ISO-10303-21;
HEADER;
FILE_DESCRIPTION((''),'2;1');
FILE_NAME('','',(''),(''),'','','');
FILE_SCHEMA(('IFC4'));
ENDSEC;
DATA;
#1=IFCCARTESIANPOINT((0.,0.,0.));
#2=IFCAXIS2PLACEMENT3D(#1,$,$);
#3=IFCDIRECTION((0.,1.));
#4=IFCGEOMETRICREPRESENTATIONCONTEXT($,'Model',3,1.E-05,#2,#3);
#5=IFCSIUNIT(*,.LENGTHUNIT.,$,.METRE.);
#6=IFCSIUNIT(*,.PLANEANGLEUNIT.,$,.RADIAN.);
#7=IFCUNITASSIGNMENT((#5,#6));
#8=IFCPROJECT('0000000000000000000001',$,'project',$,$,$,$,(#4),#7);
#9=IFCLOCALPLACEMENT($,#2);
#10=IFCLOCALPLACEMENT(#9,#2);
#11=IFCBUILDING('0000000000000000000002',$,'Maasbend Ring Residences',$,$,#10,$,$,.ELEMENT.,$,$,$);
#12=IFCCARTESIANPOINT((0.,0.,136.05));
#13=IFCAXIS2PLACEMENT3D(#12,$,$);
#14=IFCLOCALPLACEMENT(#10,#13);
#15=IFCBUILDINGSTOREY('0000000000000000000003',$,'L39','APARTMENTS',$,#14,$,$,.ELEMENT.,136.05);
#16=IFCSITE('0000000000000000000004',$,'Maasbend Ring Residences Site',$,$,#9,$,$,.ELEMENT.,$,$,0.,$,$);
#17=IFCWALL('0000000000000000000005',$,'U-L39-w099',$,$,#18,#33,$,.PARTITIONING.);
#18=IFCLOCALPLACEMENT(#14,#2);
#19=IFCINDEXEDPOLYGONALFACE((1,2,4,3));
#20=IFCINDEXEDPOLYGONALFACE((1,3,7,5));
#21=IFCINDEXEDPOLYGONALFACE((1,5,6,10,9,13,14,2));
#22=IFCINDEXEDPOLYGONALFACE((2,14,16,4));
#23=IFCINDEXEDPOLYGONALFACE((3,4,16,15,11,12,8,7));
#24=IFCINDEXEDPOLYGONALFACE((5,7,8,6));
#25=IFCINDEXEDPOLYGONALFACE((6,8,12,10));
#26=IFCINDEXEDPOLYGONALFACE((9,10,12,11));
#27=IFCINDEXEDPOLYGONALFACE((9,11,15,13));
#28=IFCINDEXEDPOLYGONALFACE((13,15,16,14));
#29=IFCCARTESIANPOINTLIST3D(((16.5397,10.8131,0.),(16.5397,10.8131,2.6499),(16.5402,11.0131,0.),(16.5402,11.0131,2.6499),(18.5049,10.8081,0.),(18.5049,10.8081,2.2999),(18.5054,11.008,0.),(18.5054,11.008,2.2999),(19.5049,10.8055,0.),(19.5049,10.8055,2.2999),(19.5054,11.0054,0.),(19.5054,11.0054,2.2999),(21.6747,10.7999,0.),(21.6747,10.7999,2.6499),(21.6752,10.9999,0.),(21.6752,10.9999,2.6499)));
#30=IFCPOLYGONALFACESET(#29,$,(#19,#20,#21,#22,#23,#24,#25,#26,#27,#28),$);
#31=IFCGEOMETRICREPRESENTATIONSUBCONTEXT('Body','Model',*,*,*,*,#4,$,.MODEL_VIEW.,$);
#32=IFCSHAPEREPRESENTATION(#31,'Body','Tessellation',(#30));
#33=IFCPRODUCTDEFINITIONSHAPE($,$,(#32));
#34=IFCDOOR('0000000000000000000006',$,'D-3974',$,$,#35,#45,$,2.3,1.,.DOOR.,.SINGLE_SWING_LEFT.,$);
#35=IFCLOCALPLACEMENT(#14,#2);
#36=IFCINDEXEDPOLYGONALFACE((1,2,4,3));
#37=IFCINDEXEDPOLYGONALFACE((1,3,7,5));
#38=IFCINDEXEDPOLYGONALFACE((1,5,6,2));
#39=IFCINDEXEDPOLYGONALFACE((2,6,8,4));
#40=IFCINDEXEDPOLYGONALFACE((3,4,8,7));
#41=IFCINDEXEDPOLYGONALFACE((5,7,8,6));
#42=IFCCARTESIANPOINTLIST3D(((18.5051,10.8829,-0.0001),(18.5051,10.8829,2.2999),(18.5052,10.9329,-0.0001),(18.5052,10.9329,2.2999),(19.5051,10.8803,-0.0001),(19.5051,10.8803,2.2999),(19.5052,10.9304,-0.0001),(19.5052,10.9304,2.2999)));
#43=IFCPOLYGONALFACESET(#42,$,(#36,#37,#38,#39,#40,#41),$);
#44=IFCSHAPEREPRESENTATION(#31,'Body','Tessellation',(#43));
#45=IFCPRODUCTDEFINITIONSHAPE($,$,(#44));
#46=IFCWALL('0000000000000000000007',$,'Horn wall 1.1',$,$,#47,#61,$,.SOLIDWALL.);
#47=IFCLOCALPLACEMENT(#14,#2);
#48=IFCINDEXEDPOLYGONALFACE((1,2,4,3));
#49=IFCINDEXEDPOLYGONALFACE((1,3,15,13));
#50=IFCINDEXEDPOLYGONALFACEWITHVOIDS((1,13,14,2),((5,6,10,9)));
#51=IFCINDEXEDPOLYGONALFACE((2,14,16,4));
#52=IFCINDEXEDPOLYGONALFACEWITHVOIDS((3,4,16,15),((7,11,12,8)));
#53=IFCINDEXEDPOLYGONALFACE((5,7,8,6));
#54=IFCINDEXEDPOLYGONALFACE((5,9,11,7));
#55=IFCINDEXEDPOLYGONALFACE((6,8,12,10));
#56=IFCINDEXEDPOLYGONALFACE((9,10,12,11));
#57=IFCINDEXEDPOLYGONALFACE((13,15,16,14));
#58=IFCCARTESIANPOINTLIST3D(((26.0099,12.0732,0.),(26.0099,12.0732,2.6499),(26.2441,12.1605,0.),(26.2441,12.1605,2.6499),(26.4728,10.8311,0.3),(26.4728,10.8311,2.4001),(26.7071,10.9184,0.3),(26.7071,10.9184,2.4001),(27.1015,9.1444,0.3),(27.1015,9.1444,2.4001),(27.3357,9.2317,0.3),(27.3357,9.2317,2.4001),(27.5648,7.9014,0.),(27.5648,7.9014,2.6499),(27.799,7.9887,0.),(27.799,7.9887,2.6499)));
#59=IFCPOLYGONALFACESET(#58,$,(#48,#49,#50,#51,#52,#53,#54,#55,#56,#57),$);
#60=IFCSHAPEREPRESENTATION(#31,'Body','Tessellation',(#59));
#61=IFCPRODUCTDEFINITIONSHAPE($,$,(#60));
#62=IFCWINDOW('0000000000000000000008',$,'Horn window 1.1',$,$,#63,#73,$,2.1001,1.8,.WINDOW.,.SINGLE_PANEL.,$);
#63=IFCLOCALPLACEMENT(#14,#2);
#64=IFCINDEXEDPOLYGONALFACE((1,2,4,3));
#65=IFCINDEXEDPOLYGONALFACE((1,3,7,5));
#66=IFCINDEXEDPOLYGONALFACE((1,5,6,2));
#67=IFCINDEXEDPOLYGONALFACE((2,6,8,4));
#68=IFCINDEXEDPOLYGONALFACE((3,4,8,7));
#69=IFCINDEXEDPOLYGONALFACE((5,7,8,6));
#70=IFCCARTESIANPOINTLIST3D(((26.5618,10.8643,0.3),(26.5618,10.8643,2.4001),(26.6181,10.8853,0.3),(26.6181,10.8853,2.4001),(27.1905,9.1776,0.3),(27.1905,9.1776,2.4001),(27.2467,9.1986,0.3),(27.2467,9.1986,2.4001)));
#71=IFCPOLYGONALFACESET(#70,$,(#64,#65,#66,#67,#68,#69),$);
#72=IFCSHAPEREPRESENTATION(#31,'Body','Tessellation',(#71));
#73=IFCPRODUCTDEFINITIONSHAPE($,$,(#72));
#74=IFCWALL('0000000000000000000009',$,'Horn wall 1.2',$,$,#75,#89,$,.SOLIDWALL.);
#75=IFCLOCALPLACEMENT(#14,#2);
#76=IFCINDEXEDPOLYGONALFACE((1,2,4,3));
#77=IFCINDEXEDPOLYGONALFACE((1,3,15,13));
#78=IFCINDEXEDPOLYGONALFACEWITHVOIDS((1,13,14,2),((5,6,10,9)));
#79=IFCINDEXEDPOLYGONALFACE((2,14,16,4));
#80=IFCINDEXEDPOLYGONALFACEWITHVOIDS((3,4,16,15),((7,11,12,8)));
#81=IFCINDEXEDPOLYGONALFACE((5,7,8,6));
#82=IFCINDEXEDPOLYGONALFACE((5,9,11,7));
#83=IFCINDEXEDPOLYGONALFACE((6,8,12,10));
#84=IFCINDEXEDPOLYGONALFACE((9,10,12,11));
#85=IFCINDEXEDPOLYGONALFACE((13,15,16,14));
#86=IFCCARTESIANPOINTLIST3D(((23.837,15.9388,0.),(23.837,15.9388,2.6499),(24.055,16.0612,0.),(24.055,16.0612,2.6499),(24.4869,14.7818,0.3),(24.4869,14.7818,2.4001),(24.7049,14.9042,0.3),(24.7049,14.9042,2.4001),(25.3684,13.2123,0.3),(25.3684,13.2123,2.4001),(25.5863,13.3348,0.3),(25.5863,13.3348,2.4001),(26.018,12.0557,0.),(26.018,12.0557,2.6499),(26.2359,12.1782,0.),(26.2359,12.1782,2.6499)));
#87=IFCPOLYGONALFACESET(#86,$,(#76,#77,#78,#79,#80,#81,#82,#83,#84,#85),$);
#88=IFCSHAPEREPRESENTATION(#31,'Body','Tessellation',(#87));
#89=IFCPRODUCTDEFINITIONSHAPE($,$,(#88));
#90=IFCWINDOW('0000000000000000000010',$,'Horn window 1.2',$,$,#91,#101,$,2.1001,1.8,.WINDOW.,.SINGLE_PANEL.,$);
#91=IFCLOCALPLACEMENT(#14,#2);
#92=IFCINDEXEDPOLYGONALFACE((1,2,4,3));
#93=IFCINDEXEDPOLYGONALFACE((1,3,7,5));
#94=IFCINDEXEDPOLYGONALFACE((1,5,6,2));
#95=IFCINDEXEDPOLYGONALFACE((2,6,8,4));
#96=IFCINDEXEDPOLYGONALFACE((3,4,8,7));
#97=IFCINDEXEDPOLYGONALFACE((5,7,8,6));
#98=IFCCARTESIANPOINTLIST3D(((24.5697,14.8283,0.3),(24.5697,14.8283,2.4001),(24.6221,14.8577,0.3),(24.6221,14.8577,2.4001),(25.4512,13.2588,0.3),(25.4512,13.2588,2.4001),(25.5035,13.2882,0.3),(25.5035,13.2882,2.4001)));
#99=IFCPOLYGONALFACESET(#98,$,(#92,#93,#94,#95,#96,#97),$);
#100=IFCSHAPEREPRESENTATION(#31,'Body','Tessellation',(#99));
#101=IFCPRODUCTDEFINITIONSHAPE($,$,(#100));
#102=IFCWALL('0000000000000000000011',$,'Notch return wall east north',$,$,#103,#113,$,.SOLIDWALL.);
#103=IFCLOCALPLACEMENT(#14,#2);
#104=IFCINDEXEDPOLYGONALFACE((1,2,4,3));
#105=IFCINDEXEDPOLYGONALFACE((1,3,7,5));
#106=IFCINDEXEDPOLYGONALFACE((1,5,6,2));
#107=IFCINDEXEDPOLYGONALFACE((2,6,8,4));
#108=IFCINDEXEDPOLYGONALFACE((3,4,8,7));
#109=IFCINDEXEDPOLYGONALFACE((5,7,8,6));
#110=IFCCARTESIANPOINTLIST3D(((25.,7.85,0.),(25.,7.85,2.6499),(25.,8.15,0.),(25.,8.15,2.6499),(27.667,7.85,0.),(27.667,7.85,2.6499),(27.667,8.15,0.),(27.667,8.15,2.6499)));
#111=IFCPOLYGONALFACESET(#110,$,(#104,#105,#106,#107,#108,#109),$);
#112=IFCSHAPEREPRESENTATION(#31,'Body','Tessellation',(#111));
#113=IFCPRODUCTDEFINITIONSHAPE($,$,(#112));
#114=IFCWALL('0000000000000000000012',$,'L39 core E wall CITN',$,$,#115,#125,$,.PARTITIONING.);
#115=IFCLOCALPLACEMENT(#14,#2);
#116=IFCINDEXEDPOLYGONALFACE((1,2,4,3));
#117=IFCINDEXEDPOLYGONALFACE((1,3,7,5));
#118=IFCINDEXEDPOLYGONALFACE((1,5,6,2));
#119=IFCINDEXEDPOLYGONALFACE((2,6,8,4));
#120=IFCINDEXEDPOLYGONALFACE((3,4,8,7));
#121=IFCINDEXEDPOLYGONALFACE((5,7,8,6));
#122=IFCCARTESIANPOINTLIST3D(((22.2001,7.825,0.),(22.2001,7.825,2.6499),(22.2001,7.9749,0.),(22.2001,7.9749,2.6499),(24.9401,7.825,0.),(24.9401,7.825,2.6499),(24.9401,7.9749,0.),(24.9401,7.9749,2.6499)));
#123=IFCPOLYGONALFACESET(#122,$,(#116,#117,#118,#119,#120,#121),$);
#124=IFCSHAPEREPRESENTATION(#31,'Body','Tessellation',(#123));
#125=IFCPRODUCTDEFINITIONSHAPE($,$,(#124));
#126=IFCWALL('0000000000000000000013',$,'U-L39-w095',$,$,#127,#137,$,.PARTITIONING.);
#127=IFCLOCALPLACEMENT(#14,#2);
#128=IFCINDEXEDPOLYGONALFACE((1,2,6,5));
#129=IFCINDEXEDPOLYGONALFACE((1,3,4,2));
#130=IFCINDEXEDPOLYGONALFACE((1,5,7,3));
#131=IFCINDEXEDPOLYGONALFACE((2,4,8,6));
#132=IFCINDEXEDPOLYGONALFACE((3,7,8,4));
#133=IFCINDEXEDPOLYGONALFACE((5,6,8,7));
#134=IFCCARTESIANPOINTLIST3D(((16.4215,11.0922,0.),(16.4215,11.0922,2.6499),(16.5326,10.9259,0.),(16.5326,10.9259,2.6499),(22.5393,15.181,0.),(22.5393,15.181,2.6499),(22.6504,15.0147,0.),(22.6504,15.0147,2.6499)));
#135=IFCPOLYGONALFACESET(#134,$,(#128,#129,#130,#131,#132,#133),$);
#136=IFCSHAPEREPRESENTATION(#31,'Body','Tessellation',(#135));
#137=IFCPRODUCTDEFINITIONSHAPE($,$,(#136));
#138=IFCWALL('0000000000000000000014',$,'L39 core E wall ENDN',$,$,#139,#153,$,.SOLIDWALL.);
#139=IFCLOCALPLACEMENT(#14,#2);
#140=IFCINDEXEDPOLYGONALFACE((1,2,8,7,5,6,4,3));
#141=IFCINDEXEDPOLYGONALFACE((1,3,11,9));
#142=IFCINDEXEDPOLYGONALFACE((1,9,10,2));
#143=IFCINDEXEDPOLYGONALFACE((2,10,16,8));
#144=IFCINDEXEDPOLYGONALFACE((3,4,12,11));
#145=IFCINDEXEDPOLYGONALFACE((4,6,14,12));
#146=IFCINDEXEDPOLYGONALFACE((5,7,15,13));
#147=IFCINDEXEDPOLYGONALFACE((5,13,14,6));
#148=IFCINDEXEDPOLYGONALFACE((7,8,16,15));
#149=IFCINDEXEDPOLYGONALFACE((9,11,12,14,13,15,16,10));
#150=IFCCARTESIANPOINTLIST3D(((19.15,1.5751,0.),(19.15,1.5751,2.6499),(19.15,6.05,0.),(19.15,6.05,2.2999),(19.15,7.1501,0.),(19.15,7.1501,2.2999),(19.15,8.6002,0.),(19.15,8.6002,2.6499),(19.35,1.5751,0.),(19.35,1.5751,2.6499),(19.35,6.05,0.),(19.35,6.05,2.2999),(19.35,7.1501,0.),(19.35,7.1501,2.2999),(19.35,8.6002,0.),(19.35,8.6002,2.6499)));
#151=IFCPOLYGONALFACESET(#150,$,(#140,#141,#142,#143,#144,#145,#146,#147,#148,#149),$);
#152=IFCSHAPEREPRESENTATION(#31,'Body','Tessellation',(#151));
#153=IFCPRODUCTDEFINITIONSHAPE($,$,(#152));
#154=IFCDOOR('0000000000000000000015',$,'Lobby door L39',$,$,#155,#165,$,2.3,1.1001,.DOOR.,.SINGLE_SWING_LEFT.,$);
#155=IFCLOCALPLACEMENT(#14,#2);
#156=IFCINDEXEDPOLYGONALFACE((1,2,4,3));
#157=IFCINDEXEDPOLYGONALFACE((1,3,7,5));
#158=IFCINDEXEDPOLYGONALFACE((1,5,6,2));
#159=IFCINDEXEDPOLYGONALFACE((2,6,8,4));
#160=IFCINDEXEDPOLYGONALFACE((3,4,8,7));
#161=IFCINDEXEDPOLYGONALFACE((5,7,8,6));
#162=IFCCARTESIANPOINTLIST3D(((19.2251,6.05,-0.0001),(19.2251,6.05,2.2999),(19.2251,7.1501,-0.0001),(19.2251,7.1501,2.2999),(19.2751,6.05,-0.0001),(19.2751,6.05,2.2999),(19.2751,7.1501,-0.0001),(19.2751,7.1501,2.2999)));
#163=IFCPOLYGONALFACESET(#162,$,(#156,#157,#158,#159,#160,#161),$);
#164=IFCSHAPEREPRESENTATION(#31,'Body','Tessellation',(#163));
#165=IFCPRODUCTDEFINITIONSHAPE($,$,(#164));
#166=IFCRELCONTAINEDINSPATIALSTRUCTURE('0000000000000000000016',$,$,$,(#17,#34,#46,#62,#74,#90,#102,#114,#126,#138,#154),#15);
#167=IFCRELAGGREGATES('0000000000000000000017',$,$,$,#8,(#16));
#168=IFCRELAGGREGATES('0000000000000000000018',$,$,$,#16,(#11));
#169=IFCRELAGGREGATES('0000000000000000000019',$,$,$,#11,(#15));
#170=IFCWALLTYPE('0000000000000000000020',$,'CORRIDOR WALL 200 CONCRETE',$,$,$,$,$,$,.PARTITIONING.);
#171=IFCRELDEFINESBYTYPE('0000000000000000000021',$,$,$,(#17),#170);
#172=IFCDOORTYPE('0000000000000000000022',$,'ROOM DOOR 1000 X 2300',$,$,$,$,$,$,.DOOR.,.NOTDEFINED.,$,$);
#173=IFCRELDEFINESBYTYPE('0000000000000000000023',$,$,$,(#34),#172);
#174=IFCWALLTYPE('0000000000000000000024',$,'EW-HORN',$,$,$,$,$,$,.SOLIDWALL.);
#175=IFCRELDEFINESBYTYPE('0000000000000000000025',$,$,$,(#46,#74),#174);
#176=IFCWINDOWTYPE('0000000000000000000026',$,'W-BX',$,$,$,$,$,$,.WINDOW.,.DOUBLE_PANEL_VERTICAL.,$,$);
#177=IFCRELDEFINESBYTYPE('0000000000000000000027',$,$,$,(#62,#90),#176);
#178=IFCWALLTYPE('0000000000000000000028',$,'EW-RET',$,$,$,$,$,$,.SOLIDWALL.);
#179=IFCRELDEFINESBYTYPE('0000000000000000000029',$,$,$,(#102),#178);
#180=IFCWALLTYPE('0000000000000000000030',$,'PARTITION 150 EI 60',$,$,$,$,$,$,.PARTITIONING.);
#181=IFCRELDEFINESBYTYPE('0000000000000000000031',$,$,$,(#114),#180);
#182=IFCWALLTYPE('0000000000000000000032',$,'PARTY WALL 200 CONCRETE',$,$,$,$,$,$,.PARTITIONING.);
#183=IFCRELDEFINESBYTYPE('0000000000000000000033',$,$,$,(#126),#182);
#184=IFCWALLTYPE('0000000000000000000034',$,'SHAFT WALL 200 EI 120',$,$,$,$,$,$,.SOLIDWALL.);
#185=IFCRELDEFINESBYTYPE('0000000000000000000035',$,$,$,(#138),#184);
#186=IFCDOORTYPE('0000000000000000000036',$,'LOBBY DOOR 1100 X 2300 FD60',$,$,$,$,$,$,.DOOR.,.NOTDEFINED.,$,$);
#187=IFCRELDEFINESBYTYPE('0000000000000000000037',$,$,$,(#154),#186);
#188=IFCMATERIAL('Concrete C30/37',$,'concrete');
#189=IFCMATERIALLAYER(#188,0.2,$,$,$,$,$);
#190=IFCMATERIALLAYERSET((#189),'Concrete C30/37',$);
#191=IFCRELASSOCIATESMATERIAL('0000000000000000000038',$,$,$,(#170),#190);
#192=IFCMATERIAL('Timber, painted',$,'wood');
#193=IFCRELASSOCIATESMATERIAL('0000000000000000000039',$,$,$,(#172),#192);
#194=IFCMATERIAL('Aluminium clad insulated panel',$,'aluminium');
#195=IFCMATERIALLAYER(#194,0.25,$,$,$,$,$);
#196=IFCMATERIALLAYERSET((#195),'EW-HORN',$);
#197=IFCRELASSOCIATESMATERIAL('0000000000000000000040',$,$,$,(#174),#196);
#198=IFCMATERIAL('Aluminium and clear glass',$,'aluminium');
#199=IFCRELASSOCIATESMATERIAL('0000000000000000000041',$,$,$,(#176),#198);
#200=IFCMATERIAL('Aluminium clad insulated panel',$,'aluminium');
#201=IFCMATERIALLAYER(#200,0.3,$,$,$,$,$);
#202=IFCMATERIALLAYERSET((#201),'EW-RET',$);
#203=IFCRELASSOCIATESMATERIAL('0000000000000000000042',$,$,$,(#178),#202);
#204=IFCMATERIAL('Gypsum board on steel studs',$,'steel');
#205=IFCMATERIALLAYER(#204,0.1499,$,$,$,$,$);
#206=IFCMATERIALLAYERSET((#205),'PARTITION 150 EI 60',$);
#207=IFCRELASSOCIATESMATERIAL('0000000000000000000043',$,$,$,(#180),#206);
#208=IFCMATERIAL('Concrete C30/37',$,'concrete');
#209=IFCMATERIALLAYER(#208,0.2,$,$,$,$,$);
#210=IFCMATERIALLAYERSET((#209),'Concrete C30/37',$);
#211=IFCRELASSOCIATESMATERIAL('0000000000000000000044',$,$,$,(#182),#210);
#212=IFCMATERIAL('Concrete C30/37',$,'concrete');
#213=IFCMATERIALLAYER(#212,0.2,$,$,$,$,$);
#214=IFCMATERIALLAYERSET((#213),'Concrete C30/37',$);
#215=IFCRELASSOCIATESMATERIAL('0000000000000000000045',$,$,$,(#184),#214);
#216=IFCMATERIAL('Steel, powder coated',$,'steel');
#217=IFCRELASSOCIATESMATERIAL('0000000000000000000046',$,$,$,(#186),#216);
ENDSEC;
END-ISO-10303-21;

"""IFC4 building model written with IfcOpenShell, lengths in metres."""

from ifc_helpers import new_model, si_unit, direction, frame, frame_2d, origin, place, context, subcontext, project, spatial, rectangle, extrude, material, layer, layer_set, type_object, element, fill, save


model = new_model("IFC4")

# Units and contexts
model_context = context("Model", 3, precision=1e-05, world=origin(), true_north=direction((0.0, 1.0)))
body_context = subcontext(model_context, "Body", "Model", "MODEL_VIEW")
ifc_project = project(units=[si_unit("LENGTHUNIT", "METRE"), si_unit("PLANEANGLEUNIT", "RADIAN")], contexts=[model_context])

# Site, building, storey
site_placement = place(None, origin())
site = spatial("IfcSite", under=ifc_project, at=site_placement, Name="Maasbend Ring Residences Site", CompositionType="ELEMENT", RefElevation=0.0)
building_placement = place(site_placement, origin())
building = spatial("IfcBuilding", under=site, at=building_placement, Name="Maasbend Ring Residences", CompositionType="ELEMENT")
storey_placement = place(building_placement, frame((0.0, 0.0, 136.05)))
storey = spatial("IfcBuildingStorey", under=building, at=storey_placement, Name="L39", Description="APARTMENTS", CompositionType="ELEMENT", Elevation=136.05)

# Shared definitions
ifc_material_1 = material(Name="Concrete C30/37", Category="concrete")
ifc_layer_1 = layer(ifc_material_1, 0.2)
ifc_layer_set_1 = layer_set([ifc_layer_1], Name="Concrete C30/37")
wall_type_1 = type_object("IfcWallType", Name="CORRIDOR WALL 200 CONCRETE", PredefinedType="PARTITIONING", material=ifc_layer_set_1)

# Wall, opening, door
wall_1_placement = place(storey_placement, frame((16.54, 10.9131, 0.0), z_axis=(0.0, 0.0, 1.0), x_axis=(0.999997, -0.002567, 0.0)))
wall_1 = element("IfcWall", 1, at=wall_1_placement, inside=storey, type_object=wall_type_1, Name="U-L39-w099", PredefinedType="PARTITIONING", context=body_context, shape_type="SweptSolid", body=[
    extrude(rectangle(XDim=5.135, YDim=0.2, at=frame_2d((2.5674, 0.0))), origin(), (0.0, 0.0, 1.0), 2.6499),
])
opening_1_placement = place(wall_1_placement, frame((1.9651, 0.0, 0.0)))
opening_1 = element("IfcOpeningElement", 2, at=opening_1_placement, cuts=wall_1, PredefinedType="OPENING", context=body_context, shape_type="SweptSolid", body=[
    extrude(rectangle(XDim=1.0, YDim=2.3, at=frame_2d((0.5, 1.1499))), frame((0.0, 0.1099, 0.0), z_axis=(0.0, -1.0, 0.0), x_axis=(1.0, 0.0, 0.0)), (0.0, 0.0, 1.0), 0.22),
])
ifc_material_2 = material(Name="Timber, painted", Category="wood")
door_type_1 = type_object("IfcDoorType", Name="ROOM DOOR 1000 X 2300", OperationType="NOTDEFINED", PredefinedType="DOOR", material=ifc_material_2)
door_1_placement = place(opening_1_placement, origin())
door_1 = element("IfcDoor", 3, at=door_1_placement, inside=storey, type_object=door_type_1, Name="D-3974", OperationType="SINGLE_SWING_LEFT", OverallHeight=2.3, OverallWidth=1.0, PredefinedType="DOOR", context=body_context, shape_type="SweptSolid", body=[
    extrude(rectangle(XDim=1.0, YDim=2.3, at=frame_2d((0.5, 1.1499))), frame((0.0, 0.0249, 0.0), z_axis=(0.0, -1.0, 0.0), x_axis=(1.0, 0.0, 0.0)), (0.0, 0.0, 1.0), 0.05),
])
fill(opening_1, door_1)

# Walls, openings, windows
ifc_material_3 = material(Name="Aluminium clad insulated panel", Category="aluminium")
ifc_layer_2 = layer(ifc_material_3, 0.25)
ifc_layer_set_2 = layer_set([ifc_layer_2], Name="EW-HORN")
wall_type_2 = type_object("IfcWallType", Name="EW-HORN", PredefinedType="SOLIDWALL", material=ifc_layer_set_2)
wall_2_placement = place(storey_placement, frame((27.6819, 7.9451, 0.0), z_axis=(0.0, 0.0, 1.0), x_axis=(-0.349248, 0.93703, 0.0)))
wall_2 = element("IfcWall", 4, at=wall_2_placement, inside=storey, type_object=wall_type_2, Name="Horn wall 1.1", PredefinedType="SOLIDWALL", context=body_context, shape_type="SweptSolid", body=[
    extrude(rectangle(XDim=4.4521, YDim=0.25, at=frame_2d((2.2261, 0.0))), origin(), (0.0, 0.0, 1.0), 2.6499),
])
opening_2_placement = place(wall_2_placement, frame((1.3267, 0.0, 0.3)))
opening_2 = element("IfcOpeningElement", 5, at=opening_2_placement, cuts=wall_2, PredefinedType="OPENING", context=body_context, shape_type="SweptSolid", body=[
    extrude(rectangle(XDim=1.8, YDim=2.1001, at=frame_2d((0.8999, 1.05))), frame((0.0, 0.135, 0.0), z_axis=(0.0, -1.0, 0.0), x_axis=(1.0, 0.0, 0.0)), (0.0, 0.0, 1.0), 0.27),
])
ifc_material_4 = material(Name="Aluminium and clear glass", Category="aluminium")
window_type = type_object("IfcWindowType", Name="W-BX", PartitioningType="DOUBLE_PANEL_VERTICAL", PredefinedType="WINDOW", material=ifc_material_4)
window_1_placement = place(opening_2_placement, origin())
window_1 = element("IfcWindow", 6, at=window_1_placement, inside=storey, type_object=window_type, Name="Horn window 1.1", OverallHeight=2.1001, OverallWidth=1.8, PartitioningType="SINGLE_PANEL", PredefinedType="WINDOW", context=body_context, shape_type="SweptSolid", body=[
    extrude(rectangle(XDim=1.8, YDim=2.1001, at=frame_2d((0.8999, 1.05))), frame((0.0, 0.03, 0.0), z_axis=(0.0, -1.0, 0.0), x_axis=(1.0, 0.0, 0.0)), (0.0, 0.0, 1.0), 0.0601),
])
fill(opening_2, window_1)
wall_3_placement = place(storey_placement, frame((26.127, 12.1169, 0.0), z_axis=(0.0, 0.0, 1.0), x_axis=(-0.489696, 0.871893, 0.0)))
wall_3 = element("IfcWall", 7, at=wall_3_placement, inside=storey, type_object=wall_type_2, Name="Horn wall 1.2", PredefinedType="SOLIDWALL", context=body_context, shape_type="SweptSolid", body=[
    extrude(rectangle(XDim=4.4536, YDim=0.25, at=frame_2d((2.2268, 0.0))), origin(), (0.0, 0.0, 1.0), 2.6499),
])
opening_3_placement = place(wall_3_placement, frame((1.3267, 0.0, 0.3)))
opening_3 = element("IfcOpeningElement", 8, at=opening_3_placement, cuts=wall_3, PredefinedType="OPENING", context=body_context, shape_type="SweptSolid", body=[
    extrude(rectangle(XDim=1.8, YDim=2.1001, at=frame_2d((0.8999, 1.05))), frame((0.0, 0.135, 0.0), z_axis=(0.0, -1.0, 0.0), x_axis=(1.0, 0.0, 0.0)), (0.0, 0.0, 1.0), 0.27),
])
window_2_placement = place(opening_3_placement, origin())
window_2 = element("IfcWindow", 9, at=window_2_placement, inside=storey, type_object=window_type, Name="Horn window 1.2", OverallHeight=2.1001, OverallWidth=1.8, PartitioningType="SINGLE_PANEL", PredefinedType="WINDOW", context=body_context, shape_type="SweptSolid", body=[
    extrude(rectangle(XDim=1.8, YDim=2.1001, at=frame_2d((0.8999, 1.05))), frame((0.0, 0.03, 0.0), z_axis=(0.0, -1.0, 0.0), x_axis=(1.0, 0.0, 0.0)), (0.0, 0.0, 1.0), 0.0601),
])
fill(opening_3, window_2)

# Walls
ifc_material_5 = material(Name="Aluminium clad insulated panel", Category="aluminium")
ifc_layer_3 = layer(ifc_material_5, 0.3)
ifc_layer_set_3 = layer_set([ifc_layer_3], Name="EW-RET")
wall_type_3 = type_object("IfcWallType", Name="EW-RET", PredefinedType="SOLIDWALL", material=ifc_layer_set_3)
wall_4_placement = place(storey_placement, frame((25.0, 8.0, 0.0), z_axis=(0.0, 0.0, 1.0), x_axis=(1.0, 0.0, 0.0)))
element("IfcWall", 10, at=wall_4_placement, inside=storey, type_object=wall_type_3, Name="Notch return wall east north", PredefinedType="SOLIDWALL", context=body_context, shape_type="SweptSolid", body=[
    extrude(rectangle(XDim=2.667, YDim=0.3, at=frame_2d((1.3335, 0.0))), origin(), (0.0, 0.0, 1.0), 2.6499),
])
ifc_material_6 = material(Name="Gypsum board on steel studs", Category="steel")
ifc_layer_4 = layer(ifc_material_6, 0.1499)
ifc_layer_set_4 = layer_set([ifc_layer_4], Name="PARTITION 150 EI 60")
wall_type_4 = type_object("IfcWallType", Name="PARTITION 150 EI 60", PredefinedType="PARTITIONING", material=ifc_layer_set_4)
wall_5_placement = place(storey_placement, frame((22.2, 7.8999, 0.0), z_axis=(0.0, 0.0, 1.0), x_axis=(1.0, 0.0, 0.0)))
element("IfcWall", 11, at=wall_5_placement, inside=storey, type_object=wall_type_4, Name="L39 core E wall CITN", PredefinedType="PARTITIONING", context=body_context, shape_type="SweptSolid", body=[
    extrude(rectangle(XDim=2.74, YDim=0.1499, at=frame_2d((1.3701, 0.0))), origin(), (0.0, 0.0, 1.0), 2.6499),
])
ifc_material_7 = material(Name="Concrete C30/37", Category="concrete")
ifc_layer_5 = layer(ifc_material_7, 0.2)
ifc_layer_set_5 = layer_set([ifc_layer_5], Name="Concrete C30/37")
wall_type_5 = type_object("IfcWallType", Name="PARTY WALL 200 CONCRETE", PredefinedType="PARTITIONING", material=ifc_layer_set_5)
wall_6_placement = place(storey_placement, frame((16.4771, 11.009, 0.0), z_axis=(0.0, 0.0, 1.0), x_axis=(0.831407, 0.555665, 0.0)))
element("IfcWall", 12, at=wall_6_placement, inside=storey, type_object=wall_type_5, Name="U-L39-w095", PredefinedType="PARTITIONING", context=body_context, shape_type="SweptSolid", body=[
    extrude(rectangle(XDim=7.3584, YDim=0.2, at=frame_2d((3.6792, 0.0))), origin(), (0.0, 0.0, 1.0), 2.6499),
])

# Wall, opening, door
ifc_material_8 = material(Name="Concrete C30/37", Category="concrete")
ifc_layer_6 = layer(ifc_material_8, 0.2)
ifc_layer_set_6 = layer_set([ifc_layer_6], Name="Concrete C30/37")
wall_type_6 = type_object("IfcWallType", Name="SHAFT WALL 200 EI 120", PredefinedType="SOLIDWALL", material=ifc_layer_set_6)
wall_7_placement = place(storey_placement, frame((19.25, 1.575, 0.0), z_axis=(0.0, 0.0, 1.0), x_axis=(0.0, 1.0, 0.0)))
wall_7 = element("IfcWall", 13, at=wall_7_placement, inside=storey, type_object=wall_type_6, Name="L39 core E wall ENDN", PredefinedType="SOLIDWALL", context=body_context, shape_type="SweptSolid", body=[
    extrude(rectangle(XDim=7.0251, YDim=0.2, at=frame_2d((3.5127, 0.0))), origin(), (0.0, 0.0, 1.0), 2.6499),
])
opening_4_placement = place(wall_7_placement, frame((4.4751, 0.0, 0.0)))
opening_4 = element("IfcOpeningElement", 14, at=opening_4_placement, cuts=wall_7, PredefinedType="OPENING", context=body_context, shape_type="SweptSolid", body=[
    extrude(rectangle(XDim=1.1001, YDim=2.3, at=frame_2d((0.55, 1.1499))), frame((0.0, 0.1099, 0.0), z_axis=(0.0, -1.0, 0.0), x_axis=(1.0, 0.0, 0.0)), (0.0, 0.0, 1.0), 0.22),
])
ifc_material_9 = material(Name="Steel, powder coated", Category="steel")
door_type_2 = type_object("IfcDoorType", Name="LOBBY DOOR 1100 X 2300 FD60", OperationType="NOTDEFINED", PredefinedType="DOOR", material=ifc_material_9)
door_2_placement = place(opening_4_placement, origin())
door_2 = element("IfcDoor", 15, at=door_2_placement, inside=storey, type_object=door_type_2, Name="Lobby door L39", OperationType="SINGLE_SWING_LEFT", OverallHeight=2.3, OverallWidth=1.1001, PredefinedType="DOOR", context=body_context, shape_type="SweptSolid", body=[
    extrude(rectangle(XDim=1.1001, YDim=2.3, at=frame_2d((0.55, 1.1499))), frame((0.0, 0.0249, 0.0), z_axis=(0.0, -1.0, 0.0), x_axis=(1.0, 0.0, 0.0)), (0.0, 0.0, 1.0), 0.05),
])
fill(opening_4, door_2)

save(model, "model.ifc")
